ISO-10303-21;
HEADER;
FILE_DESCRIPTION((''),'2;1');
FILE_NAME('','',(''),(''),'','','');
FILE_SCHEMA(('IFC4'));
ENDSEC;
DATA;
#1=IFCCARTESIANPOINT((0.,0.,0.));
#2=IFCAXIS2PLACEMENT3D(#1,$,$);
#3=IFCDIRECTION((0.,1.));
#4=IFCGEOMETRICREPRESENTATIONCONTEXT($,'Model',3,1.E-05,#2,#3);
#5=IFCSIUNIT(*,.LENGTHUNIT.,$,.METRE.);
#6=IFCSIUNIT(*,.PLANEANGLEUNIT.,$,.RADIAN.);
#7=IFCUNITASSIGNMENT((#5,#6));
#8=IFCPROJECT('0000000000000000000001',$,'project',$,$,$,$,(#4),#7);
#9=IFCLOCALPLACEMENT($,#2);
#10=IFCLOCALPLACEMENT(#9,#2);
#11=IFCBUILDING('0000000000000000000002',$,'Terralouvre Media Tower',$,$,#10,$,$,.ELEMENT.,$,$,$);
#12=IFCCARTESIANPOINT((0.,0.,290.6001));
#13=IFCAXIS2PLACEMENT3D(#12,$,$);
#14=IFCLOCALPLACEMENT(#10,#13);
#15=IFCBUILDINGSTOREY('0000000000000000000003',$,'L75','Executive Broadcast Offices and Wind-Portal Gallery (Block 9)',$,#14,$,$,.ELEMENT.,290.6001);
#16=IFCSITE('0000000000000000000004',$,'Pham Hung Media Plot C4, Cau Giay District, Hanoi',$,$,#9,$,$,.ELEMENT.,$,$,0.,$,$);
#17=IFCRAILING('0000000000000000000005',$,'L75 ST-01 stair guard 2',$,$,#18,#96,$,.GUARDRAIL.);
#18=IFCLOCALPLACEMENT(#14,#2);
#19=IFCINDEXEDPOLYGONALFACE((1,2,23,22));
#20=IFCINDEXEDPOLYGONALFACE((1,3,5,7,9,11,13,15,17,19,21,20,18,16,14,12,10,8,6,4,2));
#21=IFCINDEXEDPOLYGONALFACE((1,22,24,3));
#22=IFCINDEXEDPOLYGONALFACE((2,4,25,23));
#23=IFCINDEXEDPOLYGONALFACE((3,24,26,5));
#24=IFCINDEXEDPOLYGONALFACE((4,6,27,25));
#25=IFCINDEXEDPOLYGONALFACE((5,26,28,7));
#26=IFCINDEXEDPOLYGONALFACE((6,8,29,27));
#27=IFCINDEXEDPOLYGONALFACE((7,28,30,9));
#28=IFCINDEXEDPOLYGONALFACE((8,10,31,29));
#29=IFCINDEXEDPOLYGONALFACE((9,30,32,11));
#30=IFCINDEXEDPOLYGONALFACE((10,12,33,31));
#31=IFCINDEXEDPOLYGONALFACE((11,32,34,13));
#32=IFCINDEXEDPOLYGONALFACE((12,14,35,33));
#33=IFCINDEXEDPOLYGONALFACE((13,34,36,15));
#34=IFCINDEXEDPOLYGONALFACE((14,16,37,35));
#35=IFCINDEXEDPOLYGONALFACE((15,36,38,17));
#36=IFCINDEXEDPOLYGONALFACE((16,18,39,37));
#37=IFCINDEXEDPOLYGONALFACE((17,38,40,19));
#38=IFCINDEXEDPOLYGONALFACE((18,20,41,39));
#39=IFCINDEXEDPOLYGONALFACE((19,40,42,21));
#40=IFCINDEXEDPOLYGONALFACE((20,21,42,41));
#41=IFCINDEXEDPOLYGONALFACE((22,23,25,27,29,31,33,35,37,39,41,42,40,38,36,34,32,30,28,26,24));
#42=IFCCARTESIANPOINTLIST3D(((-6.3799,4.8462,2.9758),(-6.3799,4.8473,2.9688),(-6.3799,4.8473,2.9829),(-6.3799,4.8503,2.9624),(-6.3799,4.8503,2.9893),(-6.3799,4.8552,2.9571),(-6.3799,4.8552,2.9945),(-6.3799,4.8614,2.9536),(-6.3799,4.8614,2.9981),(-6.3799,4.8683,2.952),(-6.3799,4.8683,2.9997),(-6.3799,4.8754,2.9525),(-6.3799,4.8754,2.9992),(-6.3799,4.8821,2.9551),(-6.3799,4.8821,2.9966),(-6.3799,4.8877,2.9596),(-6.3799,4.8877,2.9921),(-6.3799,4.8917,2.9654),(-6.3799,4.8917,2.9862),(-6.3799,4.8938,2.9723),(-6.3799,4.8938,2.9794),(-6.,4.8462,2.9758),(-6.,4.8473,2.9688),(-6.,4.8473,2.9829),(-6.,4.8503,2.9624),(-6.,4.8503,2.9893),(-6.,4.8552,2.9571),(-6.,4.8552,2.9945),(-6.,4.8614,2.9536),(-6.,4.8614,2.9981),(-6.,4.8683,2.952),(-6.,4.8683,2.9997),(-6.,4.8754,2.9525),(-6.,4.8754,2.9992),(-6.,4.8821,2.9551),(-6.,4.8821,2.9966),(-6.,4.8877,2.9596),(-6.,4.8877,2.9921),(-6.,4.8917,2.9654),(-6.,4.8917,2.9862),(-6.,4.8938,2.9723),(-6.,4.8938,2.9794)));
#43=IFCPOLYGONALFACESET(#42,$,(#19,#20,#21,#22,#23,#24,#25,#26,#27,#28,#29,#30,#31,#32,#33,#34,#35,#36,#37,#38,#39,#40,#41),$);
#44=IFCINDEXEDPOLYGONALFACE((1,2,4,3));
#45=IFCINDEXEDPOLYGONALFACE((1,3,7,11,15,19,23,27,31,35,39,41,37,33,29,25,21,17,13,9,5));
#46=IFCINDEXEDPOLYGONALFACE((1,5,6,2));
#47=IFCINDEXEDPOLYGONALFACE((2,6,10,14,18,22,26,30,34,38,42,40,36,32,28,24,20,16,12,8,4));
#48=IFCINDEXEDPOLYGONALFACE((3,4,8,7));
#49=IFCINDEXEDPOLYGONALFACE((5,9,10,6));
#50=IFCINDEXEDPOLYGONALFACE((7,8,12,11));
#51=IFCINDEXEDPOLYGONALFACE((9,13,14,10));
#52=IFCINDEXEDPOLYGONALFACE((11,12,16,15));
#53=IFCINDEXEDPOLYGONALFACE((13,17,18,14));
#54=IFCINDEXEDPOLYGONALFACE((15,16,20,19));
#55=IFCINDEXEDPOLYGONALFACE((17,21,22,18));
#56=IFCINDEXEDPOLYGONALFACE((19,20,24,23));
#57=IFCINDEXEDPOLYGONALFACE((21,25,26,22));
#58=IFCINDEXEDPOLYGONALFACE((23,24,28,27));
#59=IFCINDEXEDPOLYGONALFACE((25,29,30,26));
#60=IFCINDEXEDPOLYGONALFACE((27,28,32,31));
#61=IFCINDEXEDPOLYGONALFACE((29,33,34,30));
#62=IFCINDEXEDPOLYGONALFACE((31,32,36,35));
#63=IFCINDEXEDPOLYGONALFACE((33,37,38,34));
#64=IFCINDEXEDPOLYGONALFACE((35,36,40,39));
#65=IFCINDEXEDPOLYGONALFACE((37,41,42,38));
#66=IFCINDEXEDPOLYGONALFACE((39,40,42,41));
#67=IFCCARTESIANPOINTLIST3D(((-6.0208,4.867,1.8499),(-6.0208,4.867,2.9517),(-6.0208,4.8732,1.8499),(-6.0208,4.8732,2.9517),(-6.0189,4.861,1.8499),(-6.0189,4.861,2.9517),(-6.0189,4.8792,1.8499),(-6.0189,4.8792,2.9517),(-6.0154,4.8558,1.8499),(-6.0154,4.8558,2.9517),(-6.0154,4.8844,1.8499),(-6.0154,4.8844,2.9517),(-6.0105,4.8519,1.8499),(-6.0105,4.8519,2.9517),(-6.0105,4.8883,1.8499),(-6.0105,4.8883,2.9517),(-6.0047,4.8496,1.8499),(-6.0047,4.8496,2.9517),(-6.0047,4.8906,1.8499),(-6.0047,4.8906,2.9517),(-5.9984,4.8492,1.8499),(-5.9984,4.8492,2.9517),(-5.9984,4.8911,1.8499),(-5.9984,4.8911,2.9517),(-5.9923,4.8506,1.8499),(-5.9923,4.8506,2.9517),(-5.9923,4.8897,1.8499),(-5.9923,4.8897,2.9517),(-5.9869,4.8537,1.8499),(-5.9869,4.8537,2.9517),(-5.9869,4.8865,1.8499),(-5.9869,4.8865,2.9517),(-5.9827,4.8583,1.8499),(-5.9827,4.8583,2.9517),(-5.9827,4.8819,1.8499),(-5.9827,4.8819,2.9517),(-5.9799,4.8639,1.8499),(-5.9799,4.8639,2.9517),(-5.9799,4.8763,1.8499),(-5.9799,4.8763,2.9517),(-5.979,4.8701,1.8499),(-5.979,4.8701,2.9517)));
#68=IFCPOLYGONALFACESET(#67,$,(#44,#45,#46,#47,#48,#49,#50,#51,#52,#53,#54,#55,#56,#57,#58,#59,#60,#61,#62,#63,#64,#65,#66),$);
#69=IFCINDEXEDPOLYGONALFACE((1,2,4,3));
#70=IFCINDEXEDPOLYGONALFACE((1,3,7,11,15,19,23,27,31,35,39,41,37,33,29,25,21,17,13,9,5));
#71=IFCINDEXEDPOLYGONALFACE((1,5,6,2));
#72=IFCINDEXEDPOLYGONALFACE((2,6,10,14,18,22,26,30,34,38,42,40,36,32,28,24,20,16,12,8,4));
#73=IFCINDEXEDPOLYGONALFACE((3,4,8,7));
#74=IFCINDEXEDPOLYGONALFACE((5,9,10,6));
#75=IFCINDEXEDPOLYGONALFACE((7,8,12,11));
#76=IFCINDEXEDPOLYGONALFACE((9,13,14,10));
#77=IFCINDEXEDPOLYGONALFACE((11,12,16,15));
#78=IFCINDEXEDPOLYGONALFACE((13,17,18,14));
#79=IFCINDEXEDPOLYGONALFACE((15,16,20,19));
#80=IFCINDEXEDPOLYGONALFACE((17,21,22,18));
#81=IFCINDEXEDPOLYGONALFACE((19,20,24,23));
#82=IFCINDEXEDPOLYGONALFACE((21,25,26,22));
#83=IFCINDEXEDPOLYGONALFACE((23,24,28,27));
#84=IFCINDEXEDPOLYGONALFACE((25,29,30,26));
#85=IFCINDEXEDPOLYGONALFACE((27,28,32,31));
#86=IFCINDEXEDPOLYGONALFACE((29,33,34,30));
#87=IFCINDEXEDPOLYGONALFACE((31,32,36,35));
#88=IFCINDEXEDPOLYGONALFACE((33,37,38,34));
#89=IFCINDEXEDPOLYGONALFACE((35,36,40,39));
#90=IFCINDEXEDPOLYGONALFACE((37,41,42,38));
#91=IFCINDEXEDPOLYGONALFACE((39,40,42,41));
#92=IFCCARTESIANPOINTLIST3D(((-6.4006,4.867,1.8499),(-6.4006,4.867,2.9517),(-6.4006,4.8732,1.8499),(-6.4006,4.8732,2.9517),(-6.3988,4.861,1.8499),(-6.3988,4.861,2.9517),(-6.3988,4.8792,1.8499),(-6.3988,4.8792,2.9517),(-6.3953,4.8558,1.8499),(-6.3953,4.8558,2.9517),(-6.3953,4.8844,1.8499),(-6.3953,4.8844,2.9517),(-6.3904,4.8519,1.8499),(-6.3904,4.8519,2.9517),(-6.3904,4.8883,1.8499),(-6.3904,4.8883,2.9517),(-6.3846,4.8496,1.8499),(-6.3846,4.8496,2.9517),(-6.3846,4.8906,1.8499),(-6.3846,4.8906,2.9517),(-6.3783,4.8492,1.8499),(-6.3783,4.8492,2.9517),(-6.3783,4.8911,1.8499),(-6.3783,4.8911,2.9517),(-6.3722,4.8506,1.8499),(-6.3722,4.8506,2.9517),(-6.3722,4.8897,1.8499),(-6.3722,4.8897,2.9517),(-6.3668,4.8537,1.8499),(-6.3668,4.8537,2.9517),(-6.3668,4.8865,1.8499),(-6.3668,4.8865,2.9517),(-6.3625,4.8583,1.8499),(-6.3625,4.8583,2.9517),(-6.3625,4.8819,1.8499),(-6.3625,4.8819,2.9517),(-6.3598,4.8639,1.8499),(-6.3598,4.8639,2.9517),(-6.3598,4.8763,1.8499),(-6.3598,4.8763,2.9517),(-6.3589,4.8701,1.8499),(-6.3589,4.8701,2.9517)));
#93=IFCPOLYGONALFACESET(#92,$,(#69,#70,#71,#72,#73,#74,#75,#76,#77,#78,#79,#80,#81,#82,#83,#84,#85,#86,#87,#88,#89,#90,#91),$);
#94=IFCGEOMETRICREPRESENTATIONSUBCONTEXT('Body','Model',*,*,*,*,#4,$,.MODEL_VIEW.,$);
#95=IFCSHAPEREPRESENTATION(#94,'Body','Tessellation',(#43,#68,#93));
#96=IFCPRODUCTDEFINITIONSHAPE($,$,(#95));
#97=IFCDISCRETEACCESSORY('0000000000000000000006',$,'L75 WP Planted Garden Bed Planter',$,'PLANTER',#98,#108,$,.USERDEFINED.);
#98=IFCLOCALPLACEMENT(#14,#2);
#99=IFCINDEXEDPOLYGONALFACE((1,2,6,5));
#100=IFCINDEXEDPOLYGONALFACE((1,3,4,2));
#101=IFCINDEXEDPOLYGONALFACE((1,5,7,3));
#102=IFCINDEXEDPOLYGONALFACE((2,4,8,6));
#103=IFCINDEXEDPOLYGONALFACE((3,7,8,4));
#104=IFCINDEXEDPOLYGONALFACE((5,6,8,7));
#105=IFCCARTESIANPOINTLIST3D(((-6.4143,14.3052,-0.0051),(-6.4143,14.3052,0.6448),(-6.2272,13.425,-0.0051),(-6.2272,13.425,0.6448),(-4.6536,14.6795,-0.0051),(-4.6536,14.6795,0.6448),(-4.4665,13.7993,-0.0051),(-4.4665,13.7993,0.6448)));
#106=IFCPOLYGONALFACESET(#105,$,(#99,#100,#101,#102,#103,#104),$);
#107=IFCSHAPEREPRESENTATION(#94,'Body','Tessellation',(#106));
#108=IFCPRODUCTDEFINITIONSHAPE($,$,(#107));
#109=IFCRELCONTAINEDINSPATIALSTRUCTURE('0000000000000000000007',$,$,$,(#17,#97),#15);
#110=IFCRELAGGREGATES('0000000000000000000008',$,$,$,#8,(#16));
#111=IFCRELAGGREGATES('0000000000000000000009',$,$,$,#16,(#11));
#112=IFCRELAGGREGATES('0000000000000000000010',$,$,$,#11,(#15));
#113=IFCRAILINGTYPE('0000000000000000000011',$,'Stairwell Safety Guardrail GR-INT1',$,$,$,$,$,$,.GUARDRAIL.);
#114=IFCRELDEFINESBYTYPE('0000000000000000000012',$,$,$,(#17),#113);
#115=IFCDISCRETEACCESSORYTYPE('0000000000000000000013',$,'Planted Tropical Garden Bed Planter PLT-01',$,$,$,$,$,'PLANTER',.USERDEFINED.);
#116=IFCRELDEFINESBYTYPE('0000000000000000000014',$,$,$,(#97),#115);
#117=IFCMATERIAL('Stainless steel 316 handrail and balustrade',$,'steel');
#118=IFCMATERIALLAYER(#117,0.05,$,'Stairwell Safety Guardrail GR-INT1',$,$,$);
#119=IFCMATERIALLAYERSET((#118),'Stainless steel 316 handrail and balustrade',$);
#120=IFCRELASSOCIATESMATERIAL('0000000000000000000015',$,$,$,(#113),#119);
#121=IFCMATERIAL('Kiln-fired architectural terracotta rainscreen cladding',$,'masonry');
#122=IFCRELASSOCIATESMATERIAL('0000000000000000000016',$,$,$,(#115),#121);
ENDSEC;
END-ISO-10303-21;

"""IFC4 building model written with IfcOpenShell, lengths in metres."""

from ifc_helpers import new_model, si_unit, direction, frame, origin, origin_2d, place, context, subcontext, project, spatial, rectangle, circle, extrude, material, layer, layer_set, type_object, element, save


model = new_model("IFC4")

# Units and contexts
model_context = context("Model", 3, precision=1e-05, world=origin(), true_north=direction((0.0, 1.0)))
body_context = subcontext(model_context, "Body", "Model", "MODEL_VIEW")
ifc_project = project(units=[si_unit("LENGTHUNIT", "METRE"), si_unit("PLANEANGLEUNIT", "RADIAN")], contexts=[model_context])

# Site, building, storey
site_placement = place(None, origin())
site = spatial("IfcSite", under=ifc_project, at=site_placement, Name="Pham Hung Media Plot C4, Cau Giay District, Hanoi", CompositionType="ELEMENT", RefElevation=0.0)
building_placement = place(site_placement, origin())
building = spatial("IfcBuilding", under=site, at=building_placement, Name="Terralouvre Media Tower", CompositionType="ELEMENT")
storey_placement = place(building_placement, frame((0.0, 0.0, 290.6001)))
storey = spatial("IfcBuildingStorey", under=building, at=storey_placement, Name="L75", Description="Executive Broadcast Offices and Wind-Portal Gallery (Block 9)", CompositionType="ELEMENT", Elevation=290.6001)

# Railing
ifc_material_1 = material(Name="Stainless steel 316 handrail and balustrade", Category="steel")
ifc_layer_1 = layer(ifc_material_1, 0.05, Name="Stairwell Safety Guardrail GR-INT1")
ifc_layer_set_1 = layer_set([ifc_layer_1], Name="Stainless steel 316 handrail and balustrade")
railing_type = type_object("IfcRailingType", Name="Stairwell Safety Guardrail GR-INT1", PredefinedType="GUARDRAIL", material=ifc_layer_set_1)
railing_placement = place(storey_placement, frame((-6.0, 4.8701, 1.8499)))
element("IfcRailing", 1, at=railing_placement, inside=storey, type_object=railing_type, Name="L75 ST-01 stair guard 2", PredefinedType="GUARDRAIL", context=body_context, shape_type="SweptSolid", body=[
    extrude(circle(Radius=0.0239, at=origin_2d()), frame((0.0, 0.0, 1.126), z_axis=(-1.0, 0.0, 0.0), x_axis=(0.0, -1.0, 0.0)), (0.0, 0.0, 1.0), 0.3799),
    extrude(circle(Radius=0.021, at=origin_2d()), origin(), (0.0, 0.0, 1.0), 1.1018),
    extrude(circle(Radius=0.021, at=origin_2d()), frame((-0.3799, 0.0, 0.0)), (0.0, 0.0, 1.0), 1.1018),
])

# Discrete accessory
ifc_material_2 = material(Name="Kiln-fired architectural terracotta rainscreen cladding", Category="masonry")
discrete_accessory_type = type_object("IfcDiscreteAccessoryType", Name="Planted Tropical Garden Bed Planter PLT-01", ElementType="PLANTER", PredefinedType="USERDEFINED", material=ifc_material_2)
discrete_accessory_placement = place(storey_placement, frame((-5.4404, 14.0522, -0.0051), z_axis=(0.0, 0.0, 1.0), x_axis=(-0.978148, -0.207912, 0.0)))
element("IfcDiscreteAccessory", 2, at=discrete_accessory_placement, inside=storey, type_object=discrete_accessory_type, Name="L75 WP Planted Garden Bed Planter", ObjectType="PLANTER", PredefinedType="USERDEFINED", context=body_context, shape_type="SweptSolid", body=[
    extrude(rectangle(XDim=1.8, YDim=0.8999, at=origin_2d()), origin(), (0.0, 0.0, 1.0), 0.6499),
])

save(model, "model.ifc")
